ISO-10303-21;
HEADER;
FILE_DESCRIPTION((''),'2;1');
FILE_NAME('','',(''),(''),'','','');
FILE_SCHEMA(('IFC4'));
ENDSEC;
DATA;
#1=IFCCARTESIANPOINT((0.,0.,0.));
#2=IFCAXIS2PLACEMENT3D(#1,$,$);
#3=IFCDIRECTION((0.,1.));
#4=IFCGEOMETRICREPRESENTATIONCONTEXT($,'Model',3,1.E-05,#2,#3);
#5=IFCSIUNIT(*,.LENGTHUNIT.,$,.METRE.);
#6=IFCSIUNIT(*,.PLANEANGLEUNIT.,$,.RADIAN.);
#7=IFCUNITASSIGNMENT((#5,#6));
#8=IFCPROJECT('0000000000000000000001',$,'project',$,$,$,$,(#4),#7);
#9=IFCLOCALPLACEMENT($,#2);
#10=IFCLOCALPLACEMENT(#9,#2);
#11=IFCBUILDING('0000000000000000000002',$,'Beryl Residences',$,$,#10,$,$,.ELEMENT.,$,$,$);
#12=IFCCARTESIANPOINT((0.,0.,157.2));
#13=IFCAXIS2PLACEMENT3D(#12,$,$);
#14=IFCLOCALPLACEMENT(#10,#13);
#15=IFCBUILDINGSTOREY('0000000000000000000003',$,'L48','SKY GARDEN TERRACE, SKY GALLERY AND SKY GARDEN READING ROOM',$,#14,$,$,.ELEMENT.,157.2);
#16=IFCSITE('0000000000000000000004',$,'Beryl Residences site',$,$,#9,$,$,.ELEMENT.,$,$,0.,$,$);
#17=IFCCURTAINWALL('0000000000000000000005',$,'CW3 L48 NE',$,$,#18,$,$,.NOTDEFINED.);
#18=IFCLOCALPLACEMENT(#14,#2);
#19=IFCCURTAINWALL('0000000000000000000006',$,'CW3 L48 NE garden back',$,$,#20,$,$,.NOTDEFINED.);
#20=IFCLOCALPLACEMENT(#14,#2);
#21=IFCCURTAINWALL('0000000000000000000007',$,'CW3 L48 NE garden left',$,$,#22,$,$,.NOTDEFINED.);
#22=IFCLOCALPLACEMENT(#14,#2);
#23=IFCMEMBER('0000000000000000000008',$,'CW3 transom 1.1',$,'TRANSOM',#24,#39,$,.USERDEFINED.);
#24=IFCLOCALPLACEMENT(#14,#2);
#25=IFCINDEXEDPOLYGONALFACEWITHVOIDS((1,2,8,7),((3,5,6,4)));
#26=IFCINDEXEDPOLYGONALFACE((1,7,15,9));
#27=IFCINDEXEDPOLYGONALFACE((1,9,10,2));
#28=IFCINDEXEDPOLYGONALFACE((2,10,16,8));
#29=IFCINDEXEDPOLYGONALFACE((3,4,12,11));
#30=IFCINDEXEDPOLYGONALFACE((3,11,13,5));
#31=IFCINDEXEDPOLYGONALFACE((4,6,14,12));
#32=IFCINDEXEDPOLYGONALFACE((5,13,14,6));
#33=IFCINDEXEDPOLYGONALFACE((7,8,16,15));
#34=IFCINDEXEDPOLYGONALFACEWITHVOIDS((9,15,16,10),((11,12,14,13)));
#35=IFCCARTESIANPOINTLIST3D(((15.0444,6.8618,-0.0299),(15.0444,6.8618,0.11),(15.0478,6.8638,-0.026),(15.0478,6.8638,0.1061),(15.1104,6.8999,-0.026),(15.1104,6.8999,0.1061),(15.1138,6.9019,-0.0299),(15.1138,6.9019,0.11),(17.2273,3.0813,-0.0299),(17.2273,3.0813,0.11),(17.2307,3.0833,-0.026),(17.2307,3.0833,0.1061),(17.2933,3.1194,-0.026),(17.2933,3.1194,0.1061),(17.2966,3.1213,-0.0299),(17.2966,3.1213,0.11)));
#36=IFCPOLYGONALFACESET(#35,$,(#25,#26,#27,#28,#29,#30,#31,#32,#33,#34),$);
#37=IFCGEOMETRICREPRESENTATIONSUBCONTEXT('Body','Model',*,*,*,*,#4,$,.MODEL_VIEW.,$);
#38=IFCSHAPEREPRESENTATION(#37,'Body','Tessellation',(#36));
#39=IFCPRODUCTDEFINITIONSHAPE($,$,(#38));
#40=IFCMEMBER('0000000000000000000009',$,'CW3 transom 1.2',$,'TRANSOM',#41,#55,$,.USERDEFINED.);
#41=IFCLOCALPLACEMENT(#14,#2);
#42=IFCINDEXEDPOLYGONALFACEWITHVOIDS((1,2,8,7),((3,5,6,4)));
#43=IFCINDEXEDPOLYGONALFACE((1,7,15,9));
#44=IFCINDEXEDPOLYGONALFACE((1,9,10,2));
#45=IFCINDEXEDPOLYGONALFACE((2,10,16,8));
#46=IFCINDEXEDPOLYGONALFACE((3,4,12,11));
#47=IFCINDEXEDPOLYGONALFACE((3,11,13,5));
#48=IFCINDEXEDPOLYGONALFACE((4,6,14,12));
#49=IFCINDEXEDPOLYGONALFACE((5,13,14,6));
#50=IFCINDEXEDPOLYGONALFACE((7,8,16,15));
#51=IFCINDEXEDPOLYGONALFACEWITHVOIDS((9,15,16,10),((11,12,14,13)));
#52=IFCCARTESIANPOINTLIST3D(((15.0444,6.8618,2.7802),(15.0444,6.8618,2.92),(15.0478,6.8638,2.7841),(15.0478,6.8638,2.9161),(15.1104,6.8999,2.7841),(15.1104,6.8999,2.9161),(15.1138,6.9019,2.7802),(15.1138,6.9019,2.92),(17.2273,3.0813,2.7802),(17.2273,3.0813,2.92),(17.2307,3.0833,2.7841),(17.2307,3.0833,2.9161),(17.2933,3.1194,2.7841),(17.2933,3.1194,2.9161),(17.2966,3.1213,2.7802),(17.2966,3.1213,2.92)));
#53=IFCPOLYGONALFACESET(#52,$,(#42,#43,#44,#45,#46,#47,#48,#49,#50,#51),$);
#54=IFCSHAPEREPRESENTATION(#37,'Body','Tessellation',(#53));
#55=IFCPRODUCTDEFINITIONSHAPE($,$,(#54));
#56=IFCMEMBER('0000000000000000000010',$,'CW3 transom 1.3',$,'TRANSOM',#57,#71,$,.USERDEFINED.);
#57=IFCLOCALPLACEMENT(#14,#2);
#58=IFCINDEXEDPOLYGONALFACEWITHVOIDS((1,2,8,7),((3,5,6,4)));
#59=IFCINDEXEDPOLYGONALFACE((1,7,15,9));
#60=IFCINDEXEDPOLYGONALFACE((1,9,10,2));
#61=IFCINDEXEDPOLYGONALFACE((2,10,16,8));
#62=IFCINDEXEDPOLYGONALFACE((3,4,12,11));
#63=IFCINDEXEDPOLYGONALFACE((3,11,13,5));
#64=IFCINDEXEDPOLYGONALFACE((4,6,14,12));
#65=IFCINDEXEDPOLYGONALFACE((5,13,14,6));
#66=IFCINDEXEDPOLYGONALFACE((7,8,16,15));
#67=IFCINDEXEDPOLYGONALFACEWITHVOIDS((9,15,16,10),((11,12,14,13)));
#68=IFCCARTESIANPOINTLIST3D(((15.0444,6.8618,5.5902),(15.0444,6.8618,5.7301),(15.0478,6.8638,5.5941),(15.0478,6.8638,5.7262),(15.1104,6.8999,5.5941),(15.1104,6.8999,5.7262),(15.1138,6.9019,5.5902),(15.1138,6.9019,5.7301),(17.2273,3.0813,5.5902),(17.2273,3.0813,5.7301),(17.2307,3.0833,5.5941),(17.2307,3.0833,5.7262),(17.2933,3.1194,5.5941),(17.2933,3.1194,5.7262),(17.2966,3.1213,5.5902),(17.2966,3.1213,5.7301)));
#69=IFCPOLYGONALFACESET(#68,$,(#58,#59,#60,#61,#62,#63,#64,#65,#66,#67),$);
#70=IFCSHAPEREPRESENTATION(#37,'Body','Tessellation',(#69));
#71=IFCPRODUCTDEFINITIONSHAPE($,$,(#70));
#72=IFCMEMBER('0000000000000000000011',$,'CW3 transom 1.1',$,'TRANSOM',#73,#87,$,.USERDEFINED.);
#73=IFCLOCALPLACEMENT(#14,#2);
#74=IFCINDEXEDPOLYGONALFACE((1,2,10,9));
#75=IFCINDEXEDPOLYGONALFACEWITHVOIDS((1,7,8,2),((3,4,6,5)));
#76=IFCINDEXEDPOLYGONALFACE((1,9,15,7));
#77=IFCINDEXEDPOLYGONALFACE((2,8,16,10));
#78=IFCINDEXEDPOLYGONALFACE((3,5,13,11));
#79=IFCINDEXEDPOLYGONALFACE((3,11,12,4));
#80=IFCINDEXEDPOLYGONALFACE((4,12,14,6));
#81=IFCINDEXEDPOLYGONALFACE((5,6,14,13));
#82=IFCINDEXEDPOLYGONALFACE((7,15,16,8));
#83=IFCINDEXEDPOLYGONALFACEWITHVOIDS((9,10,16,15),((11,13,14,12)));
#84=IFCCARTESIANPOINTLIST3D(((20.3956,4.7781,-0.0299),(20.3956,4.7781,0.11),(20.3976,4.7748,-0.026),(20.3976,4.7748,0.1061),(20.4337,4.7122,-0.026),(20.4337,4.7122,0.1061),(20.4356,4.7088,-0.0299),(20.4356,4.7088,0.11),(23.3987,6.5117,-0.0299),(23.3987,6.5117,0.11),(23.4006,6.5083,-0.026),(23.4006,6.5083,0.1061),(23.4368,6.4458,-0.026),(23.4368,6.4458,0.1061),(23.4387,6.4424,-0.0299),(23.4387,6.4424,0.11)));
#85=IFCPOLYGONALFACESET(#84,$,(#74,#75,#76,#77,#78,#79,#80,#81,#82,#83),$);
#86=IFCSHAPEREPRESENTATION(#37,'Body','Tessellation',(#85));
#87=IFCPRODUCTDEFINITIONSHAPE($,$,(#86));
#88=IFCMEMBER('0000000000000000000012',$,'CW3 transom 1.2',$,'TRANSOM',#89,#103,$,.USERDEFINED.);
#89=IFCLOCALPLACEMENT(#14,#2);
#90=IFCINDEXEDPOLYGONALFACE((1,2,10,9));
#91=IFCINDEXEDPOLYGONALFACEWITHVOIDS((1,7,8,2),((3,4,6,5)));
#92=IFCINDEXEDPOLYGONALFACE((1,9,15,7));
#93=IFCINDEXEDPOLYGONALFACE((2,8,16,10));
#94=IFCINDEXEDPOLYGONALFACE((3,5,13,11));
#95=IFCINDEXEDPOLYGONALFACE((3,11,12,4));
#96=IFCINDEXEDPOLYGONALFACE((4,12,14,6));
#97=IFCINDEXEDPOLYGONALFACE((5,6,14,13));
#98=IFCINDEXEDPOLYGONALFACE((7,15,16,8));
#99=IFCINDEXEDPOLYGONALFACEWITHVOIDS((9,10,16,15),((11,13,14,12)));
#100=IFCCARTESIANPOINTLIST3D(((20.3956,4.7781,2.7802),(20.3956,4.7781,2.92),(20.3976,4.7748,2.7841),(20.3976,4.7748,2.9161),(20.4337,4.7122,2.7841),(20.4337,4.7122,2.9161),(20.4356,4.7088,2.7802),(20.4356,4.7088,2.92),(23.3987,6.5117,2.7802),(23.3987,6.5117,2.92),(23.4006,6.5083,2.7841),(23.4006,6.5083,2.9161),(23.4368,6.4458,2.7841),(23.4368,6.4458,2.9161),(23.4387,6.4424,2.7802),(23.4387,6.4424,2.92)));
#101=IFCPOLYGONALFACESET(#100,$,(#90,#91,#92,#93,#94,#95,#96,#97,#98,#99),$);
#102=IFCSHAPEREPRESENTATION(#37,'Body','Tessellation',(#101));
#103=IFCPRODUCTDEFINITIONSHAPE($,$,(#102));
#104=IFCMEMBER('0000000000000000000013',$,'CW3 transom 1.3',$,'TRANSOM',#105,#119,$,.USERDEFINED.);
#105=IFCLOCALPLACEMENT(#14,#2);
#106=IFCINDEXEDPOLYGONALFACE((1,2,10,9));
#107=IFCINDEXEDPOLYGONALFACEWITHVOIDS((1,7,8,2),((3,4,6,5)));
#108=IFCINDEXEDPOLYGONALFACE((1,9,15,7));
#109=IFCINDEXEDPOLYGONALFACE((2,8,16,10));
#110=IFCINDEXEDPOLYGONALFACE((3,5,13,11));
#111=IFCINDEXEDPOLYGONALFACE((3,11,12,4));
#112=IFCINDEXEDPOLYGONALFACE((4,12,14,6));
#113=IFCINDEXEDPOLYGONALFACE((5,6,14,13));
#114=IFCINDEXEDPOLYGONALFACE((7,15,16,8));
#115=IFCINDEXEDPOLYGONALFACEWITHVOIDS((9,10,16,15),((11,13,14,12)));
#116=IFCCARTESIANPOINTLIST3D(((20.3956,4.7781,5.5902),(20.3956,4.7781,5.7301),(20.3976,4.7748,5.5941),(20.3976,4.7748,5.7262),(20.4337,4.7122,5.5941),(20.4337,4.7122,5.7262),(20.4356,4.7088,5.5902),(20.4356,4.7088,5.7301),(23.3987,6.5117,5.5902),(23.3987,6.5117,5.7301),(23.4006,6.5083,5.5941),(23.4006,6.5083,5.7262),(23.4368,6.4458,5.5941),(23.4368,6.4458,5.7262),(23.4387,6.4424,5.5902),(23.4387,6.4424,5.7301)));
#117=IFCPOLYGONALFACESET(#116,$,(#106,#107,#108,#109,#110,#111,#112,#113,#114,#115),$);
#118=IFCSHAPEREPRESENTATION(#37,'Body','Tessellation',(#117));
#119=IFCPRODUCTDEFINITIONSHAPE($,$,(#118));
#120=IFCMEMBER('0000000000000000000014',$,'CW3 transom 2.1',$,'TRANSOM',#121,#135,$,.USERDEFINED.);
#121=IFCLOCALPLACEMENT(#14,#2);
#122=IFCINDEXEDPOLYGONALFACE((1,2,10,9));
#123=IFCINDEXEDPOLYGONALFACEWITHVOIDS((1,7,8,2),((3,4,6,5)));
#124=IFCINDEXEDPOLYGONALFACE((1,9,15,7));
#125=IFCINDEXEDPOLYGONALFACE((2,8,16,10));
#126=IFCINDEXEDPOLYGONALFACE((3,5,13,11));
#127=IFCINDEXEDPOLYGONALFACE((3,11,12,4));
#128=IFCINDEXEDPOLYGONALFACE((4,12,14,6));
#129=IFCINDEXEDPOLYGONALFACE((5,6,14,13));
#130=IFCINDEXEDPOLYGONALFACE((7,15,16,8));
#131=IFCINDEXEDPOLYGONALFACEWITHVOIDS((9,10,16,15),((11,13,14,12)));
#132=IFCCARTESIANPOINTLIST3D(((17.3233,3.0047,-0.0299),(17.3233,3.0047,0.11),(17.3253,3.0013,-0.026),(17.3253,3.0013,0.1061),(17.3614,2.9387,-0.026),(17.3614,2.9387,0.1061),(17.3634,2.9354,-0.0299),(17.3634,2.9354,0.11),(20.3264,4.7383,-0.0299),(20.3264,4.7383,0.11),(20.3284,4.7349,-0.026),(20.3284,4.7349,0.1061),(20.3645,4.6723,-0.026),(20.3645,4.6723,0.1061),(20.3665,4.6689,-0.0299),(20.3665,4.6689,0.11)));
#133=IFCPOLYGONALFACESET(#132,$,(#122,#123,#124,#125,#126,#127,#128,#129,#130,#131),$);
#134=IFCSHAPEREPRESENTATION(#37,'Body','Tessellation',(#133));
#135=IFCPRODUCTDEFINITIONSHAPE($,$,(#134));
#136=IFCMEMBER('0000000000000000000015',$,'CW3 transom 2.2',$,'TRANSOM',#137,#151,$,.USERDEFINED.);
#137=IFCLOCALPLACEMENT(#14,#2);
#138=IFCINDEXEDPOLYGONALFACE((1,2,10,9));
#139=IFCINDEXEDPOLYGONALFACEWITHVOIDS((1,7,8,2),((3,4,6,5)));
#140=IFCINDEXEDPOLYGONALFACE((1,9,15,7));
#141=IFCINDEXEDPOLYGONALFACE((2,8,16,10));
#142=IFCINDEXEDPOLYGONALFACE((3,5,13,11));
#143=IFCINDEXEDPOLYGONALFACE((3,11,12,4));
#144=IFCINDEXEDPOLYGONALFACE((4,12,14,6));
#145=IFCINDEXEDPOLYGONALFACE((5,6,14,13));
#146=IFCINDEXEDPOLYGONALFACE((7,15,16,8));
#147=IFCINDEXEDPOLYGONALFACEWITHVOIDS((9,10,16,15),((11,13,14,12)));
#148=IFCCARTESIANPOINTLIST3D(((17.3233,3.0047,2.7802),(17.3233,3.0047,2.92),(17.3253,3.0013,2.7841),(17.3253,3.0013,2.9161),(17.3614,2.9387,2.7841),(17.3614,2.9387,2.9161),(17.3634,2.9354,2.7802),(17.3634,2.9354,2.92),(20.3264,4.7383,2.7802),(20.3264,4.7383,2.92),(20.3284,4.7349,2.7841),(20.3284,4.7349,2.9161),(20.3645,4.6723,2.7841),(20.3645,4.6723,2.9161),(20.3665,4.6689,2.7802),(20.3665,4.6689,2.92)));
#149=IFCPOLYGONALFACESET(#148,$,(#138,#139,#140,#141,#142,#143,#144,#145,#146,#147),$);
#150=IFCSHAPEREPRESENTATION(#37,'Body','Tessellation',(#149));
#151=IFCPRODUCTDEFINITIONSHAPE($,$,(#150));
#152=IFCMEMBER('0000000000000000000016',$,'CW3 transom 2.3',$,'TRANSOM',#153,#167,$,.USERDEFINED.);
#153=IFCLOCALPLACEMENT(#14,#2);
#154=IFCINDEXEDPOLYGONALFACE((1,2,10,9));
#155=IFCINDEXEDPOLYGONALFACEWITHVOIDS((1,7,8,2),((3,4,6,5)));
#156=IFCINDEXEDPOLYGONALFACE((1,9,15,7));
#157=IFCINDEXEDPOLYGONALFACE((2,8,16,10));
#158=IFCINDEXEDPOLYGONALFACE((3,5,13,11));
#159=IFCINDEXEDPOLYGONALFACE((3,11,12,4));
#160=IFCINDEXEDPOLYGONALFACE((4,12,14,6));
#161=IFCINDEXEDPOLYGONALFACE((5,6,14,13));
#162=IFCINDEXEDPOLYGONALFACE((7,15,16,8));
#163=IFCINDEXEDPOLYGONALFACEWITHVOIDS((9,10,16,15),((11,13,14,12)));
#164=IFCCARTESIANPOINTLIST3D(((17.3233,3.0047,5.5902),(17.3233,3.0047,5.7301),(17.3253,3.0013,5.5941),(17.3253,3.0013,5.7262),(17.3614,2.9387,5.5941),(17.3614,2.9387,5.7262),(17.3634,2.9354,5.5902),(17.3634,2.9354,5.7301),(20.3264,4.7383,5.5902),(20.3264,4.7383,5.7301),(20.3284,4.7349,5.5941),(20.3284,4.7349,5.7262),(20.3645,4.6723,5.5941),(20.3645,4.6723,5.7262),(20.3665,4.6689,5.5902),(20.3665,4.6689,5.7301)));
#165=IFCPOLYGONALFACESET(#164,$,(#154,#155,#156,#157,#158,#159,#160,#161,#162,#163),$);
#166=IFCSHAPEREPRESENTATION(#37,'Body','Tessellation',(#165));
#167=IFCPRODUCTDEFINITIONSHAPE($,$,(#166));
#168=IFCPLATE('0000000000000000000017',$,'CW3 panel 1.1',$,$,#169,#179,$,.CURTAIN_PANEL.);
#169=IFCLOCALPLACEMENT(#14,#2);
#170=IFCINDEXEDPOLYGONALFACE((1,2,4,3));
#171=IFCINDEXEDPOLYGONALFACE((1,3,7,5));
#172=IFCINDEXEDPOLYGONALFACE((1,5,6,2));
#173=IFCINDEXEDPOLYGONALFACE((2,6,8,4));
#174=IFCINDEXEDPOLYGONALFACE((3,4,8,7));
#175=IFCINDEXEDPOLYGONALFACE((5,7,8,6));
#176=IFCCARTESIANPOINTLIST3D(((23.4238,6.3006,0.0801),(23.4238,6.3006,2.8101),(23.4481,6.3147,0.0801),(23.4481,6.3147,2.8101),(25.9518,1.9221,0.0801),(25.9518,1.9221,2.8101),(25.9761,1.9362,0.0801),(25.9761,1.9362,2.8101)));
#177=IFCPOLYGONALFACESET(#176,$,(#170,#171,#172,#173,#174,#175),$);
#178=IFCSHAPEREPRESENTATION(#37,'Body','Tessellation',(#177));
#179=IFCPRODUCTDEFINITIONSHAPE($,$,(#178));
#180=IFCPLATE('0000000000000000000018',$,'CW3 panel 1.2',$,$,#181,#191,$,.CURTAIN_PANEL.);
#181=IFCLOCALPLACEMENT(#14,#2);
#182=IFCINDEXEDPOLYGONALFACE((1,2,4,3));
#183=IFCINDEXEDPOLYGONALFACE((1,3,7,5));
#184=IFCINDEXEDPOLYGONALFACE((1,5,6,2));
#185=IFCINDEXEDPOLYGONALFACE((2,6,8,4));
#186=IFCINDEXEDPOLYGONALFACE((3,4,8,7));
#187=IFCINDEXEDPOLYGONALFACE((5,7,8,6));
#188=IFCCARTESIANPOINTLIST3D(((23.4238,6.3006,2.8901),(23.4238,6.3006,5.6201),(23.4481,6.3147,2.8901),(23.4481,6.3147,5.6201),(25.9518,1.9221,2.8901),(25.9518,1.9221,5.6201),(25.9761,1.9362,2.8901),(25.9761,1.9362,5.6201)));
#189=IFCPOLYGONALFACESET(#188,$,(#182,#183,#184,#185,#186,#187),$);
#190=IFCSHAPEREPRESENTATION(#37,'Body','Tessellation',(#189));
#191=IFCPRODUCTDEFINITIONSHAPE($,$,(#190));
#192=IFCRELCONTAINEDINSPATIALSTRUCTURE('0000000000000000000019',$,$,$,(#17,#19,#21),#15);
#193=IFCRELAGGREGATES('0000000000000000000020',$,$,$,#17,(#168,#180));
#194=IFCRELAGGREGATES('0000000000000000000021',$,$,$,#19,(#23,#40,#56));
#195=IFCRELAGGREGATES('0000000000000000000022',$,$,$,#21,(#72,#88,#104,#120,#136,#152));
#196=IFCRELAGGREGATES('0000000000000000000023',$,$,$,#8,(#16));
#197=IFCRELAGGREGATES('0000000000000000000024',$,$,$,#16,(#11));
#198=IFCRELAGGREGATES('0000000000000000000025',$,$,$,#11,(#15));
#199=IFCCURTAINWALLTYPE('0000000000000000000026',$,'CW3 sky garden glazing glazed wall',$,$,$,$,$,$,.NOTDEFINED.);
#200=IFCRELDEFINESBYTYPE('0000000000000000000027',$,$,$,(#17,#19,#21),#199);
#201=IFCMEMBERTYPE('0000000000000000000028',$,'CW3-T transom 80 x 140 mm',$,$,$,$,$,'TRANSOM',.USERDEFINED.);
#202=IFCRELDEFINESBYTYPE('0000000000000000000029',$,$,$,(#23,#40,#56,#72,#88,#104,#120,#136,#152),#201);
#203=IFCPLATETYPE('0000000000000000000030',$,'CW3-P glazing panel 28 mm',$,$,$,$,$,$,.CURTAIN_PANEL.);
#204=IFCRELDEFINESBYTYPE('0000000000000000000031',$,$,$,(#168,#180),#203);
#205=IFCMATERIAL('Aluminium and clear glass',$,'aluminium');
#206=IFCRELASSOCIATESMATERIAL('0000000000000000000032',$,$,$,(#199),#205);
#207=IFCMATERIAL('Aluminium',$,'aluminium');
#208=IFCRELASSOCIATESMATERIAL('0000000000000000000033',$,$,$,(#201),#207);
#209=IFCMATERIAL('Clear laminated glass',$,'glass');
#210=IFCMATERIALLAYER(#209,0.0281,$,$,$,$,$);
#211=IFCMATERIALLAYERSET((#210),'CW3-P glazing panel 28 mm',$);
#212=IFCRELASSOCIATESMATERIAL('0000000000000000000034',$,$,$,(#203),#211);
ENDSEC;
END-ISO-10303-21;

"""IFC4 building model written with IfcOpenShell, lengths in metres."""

from ifc_helpers import new_model, si_unit, direction, frame, origin, origin_2d, place, context, subcontext, project, spatial, rectangle, hollow_rectangle, extrude, material, layer, layer_set, material_profile, profile_set, type_object, element, aggregate, save


model = new_model("IFC4")

# Units and contexts
model_context = context("Model", 3, precision=1e-05, world=origin(), true_north=direction((0.0, 1.0)))
body_context = subcontext(model_context, "Body", "Model", "MODEL_VIEW")
ifc_project = project(units=[si_unit("LENGTHUNIT", "METRE"), si_unit("PLANEANGLEUNIT", "RADIAN")], contexts=[model_context])

# Site, building, storey
site_placement = place(None, origin())
site = spatial("IfcSite", under=ifc_project, at=site_placement, Name="Beryl Residences site", CompositionType="ELEMENT", RefElevation=0.0)
building_placement = place(site_placement, origin())
building = spatial("IfcBuilding", under=site, at=building_placement, Name="Beryl Residences", CompositionType="ELEMENT")
storey_placement = place(building_placement, frame((0.0, 0.0, 157.2)))
storey = spatial("IfcBuildingStorey", under=building, at=storey_placement, Name="L48", Description="SKY GARDEN TERRACE, SKY GALLERY AND SKY GARDEN READING ROOM", CompositionType="ELEMENT", Elevation=157.2)

# Curtain wall
ifc_material_1 = material(Name="Aluminium and clear glass", Category="aluminium")
curtain_wall_type = type_object("IfcCurtainWallType", Name="CW3 sky garden glazing glazed wall", PredefinedType="NOTDEFINED", material=ifc_material_1)
curtain_wall_1_placement = place(storey_placement, origin())
curtain_wall_1 = element("IfcCurtainWall", 1, at=curtain_wall_1_placement, inside=storey, type_object=curtain_wall_type, Name="CW3 L48 NE", PredefinedType="NOTDEFINED")

# Curtain wall
curtain_wall_2_placement = place(storey_placement, origin())
curtain_wall_2 = element("IfcCurtainWall", 2, at=curtain_wall_2_placement, inside=storey, type_object=curtain_wall_type, Name="CW3 L48 NE garden back", PredefinedType="NOTDEFINED")

# Curtain wall
curtain_wall_3_placement = place(storey_placement, origin())
curtain_wall_3 = element("IfcCurtainWall", 3, at=curtain_wall_3_placement, inside=storey, type_object=curtain_wall_type, Name="CW3 L48 NE garden left", PredefinedType="NOTDEFINED")

# Members
ifc_material_2 = material(Name="Aluminium", Category="aluminium")
ifc_material_profile_1 = material_profile(ifc_material_2, hollow_rectangle(XDim=0.0801, YDim=0.1399, WallThickness=0.0039, at=origin_2d()))
ifc_profile_set_1 = profile_set([ifc_material_profile_1], Name="Aluminium")
member_type_1 = type_object("IfcMemberType", Name="CW3-T transom 80 x 140 mm", ElementType="TRANSOM", PredefinedType="USERDEFINED", material=ifc_profile_set_1)
member_1_placement = place(storey_placement, frame((17.262, 3.1013, 0.04), z_axis=(-0.500031, 0.866008, 0.0), x_axis=(-0.866008, -0.500031, 0.0)))
member_1 = element("IfcMember", 4, at=member_1_placement, type_object=member_type_1, Name="CW3 transom 1.1", ObjectType="TRANSOM", PredefinedType="USERDEFINED", context=body_context, shape_type="SweptSolid", body=[
    extrude(hollow_rectangle(XDim=0.0801, YDim=0.1399, WallThickness=0.0039, at=origin_2d()), origin(), (0.0, 0.0, 1.0), 4.3655),
])
member_2_placement = place(storey_placement, frame((17.262, 3.1013, 2.8501), z_axis=(-0.500031, 0.866008, 0.0), x_axis=(-0.866008, -0.500031, 0.0)))
member_2 = element("IfcMember", 5, at=member_2_placement, type_object=member_type_1, Name="CW3 transom 1.2", ObjectType="TRANSOM", PredefinedType="USERDEFINED", context=body_context, shape_type="SweptSolid", body=[
    extrude(hollow_rectangle(XDim=0.0801, YDim=0.1399, WallThickness=0.0039, at=origin_2d()), origin(), (0.0, 0.0, 1.0), 4.3655),
])
member_3_placement = place(storey_placement, frame((17.262, 3.1013, 5.6602), z_axis=(-0.500031, 0.866008, 0.0), x_axis=(-0.866008, -0.500031, 0.0)))
member_3 = element("IfcMember", 6, at=member_3_placement, type_object=member_type_1, Name="CW3 transom 1.3", ObjectType="TRANSOM", PredefinedType="USERDEFINED", context=body_context, shape_type="SweptSolid", body=[
    extrude(hollow_rectangle(XDim=0.0801, YDim=0.1399, WallThickness=0.0039, at=origin_2d()), origin(), (0.0, 0.0, 1.0), 4.3655),
])
member_4_placement = place(storey_placement, frame((23.4187, 6.4771, 0.04), z_axis=(-0.866055, -0.499948, 0.0), x_axis=(0.499948, -0.866055, 0.0)))
member_4 = element("IfcMember", 7, at=member_4_placement, type_object=member_type_1, Name="CW3 transom 1.1", ObjectType="TRANSOM", PredefinedType="USERDEFINED", context=body_context, shape_type="SweptSolid", body=[
    extrude(hollow_rectangle(XDim=0.0801, YDim=0.1399, WallThickness=0.0039, at=origin_2d()), origin(), (0.0, 0.0, 1.0), 3.4675),
])
member_5_placement = place(storey_placement, frame((23.4187, 6.4771, 2.8501), z_axis=(-0.866055, -0.499948, 0.0), x_axis=(0.499948, -0.866055, 0.0)))
member_5 = element("IfcMember", 8, at=member_5_placement, type_object=member_type_1, Name="CW3 transom 1.2", ObjectType="TRANSOM", PredefinedType="USERDEFINED", context=body_context, shape_type="SweptSolid", body=[
    extrude(hollow_rectangle(XDim=0.0801, YDim=0.1399, WallThickness=0.0039, at=origin_2d()), origin(), (0.0, 0.0, 1.0), 3.4675),
])
member_6_placement = place(storey_placement, frame((23.4187, 6.4771, 5.6602), z_axis=(-0.866055, -0.499948, 0.0), x_axis=(0.499948, -0.866055, 0.0)))
member_6 = element("IfcMember", 9, at=member_6_placement, type_object=member_type_1, Name="CW3 transom 1.3", ObjectType="TRANSOM", PredefinedType="USERDEFINED", context=body_context, shape_type="SweptSolid", body=[
    extrude(hollow_rectangle(XDim=0.0801, YDim=0.1399, WallThickness=0.0039, at=origin_2d()), origin(), (0.0, 0.0, 1.0), 3.4675),
])
member_7_placement = place(storey_placement, frame((20.3464, 4.7036, 0.04), z_axis=(-0.866055, -0.499948, 0.0), x_axis=(0.499948, -0.866055, 0.0)))
member_7 = element("IfcMember", 10, at=member_7_placement, type_object=member_type_1, Name="CW3 transom 2.1", ObjectType="TRANSOM", PredefinedType="USERDEFINED", context=body_context, shape_type="SweptSolid", body=[
    extrude(hollow_rectangle(XDim=0.0801, YDim=0.1399, WallThickness=0.0039, at=origin_2d()), origin(), (0.0, 0.0, 1.0), 3.4675),
])
member_8_placement = place(storey_placement, frame((20.3464, 4.7036, 2.8501), z_axis=(-0.866055, -0.499948, 0.0), x_axis=(0.499948, -0.866055, 0.0)))
member_8 = element("IfcMember", 11, at=member_8_placement, type_object=member_type_1, Name="CW3 transom 2.2", ObjectType="TRANSOM", PredefinedType="USERDEFINED", context=body_context, shape_type="SweptSolid", body=[
    extrude(hollow_rectangle(XDim=0.0801, YDim=0.1399, WallThickness=0.0039, at=origin_2d()), origin(), (0.0, 0.0, 1.0), 3.4675),
])
member_9_placement = place(storey_placement, frame((20.3464, 4.7036, 5.6602), z_axis=(-0.866055, -0.499948, 0.0), x_axis=(0.499948, -0.866055, 0.0)))
member_9 = element("IfcMember", 12, at=member_9_placement, type_object=member_type_1, Name="CW3 transom 2.3", ObjectType="TRANSOM", PredefinedType="USERDEFINED", context=body_context, shape_type="SweptSolid", body=[
    extrude(hollow_rectangle(XDim=0.0801, YDim=0.1399, WallThickness=0.0039, at=origin_2d()), origin(), (0.0, 0.0, 1.0), 3.4675),
])

# Plates
ifc_material_3 = material(Name="Clear laminated glass", Category="glass")
ifc_layer_1 = layer(ifc_material_3, 0.0281)
ifc_layer_set_1 = layer_set([ifc_layer_1], Name="CW3-P glazing panel 28 mm")
plate_type = type_object("IfcPlateType", Name="CW3-P glazing panel 28 mm", PredefinedType="CURTAIN_PANEL", material=ifc_layer_set_1)
plate_1_placement = place(storey_placement, frame((24.7, 4.1184, 0.0801), z_axis=(0.0, 0.0, 1.0), x_axis=(-0.500016, 0.866016, 0.0)))
plate_1 = element("IfcPlate", 13, at=plate_1_placement, type_object=plate_type, Name="CW3 panel 1.1", PredefinedType="CURTAIN_PANEL", context=body_context, shape_type="SweptSolid", body=[
    extrude(rectangle(XDim=5.0559, YDim=0.0281, at=origin_2d()), origin(), (0.0, 0.0, 1.0), 2.73),
])
plate_2_placement = place(storey_placement, frame((24.7, 4.1184, 2.8901), z_axis=(0.0, 0.0, 1.0), x_axis=(-0.500016, 0.866016, 0.0)))
plate_2 = element("IfcPlate", 14, at=plate_2_placement, type_object=plate_type, Name="CW3 panel 1.2", PredefinedType="CURTAIN_PANEL", context=body_context, shape_type="SweptSolid", body=[
    extrude(rectangle(XDim=5.0559, YDim=0.0281, at=origin_2d()), origin(), (0.0, 0.0, 1.0), 2.73),
])
aggregate(curtain_wall_1, [plate_1, plate_2])
aggregate(curtain_wall_2, [member_1, member_2, member_3])
aggregate(curtain_wall_3, [member_4, member_5, member_6, member_7, member_8, member_9])

save(model, "model.ifc")
